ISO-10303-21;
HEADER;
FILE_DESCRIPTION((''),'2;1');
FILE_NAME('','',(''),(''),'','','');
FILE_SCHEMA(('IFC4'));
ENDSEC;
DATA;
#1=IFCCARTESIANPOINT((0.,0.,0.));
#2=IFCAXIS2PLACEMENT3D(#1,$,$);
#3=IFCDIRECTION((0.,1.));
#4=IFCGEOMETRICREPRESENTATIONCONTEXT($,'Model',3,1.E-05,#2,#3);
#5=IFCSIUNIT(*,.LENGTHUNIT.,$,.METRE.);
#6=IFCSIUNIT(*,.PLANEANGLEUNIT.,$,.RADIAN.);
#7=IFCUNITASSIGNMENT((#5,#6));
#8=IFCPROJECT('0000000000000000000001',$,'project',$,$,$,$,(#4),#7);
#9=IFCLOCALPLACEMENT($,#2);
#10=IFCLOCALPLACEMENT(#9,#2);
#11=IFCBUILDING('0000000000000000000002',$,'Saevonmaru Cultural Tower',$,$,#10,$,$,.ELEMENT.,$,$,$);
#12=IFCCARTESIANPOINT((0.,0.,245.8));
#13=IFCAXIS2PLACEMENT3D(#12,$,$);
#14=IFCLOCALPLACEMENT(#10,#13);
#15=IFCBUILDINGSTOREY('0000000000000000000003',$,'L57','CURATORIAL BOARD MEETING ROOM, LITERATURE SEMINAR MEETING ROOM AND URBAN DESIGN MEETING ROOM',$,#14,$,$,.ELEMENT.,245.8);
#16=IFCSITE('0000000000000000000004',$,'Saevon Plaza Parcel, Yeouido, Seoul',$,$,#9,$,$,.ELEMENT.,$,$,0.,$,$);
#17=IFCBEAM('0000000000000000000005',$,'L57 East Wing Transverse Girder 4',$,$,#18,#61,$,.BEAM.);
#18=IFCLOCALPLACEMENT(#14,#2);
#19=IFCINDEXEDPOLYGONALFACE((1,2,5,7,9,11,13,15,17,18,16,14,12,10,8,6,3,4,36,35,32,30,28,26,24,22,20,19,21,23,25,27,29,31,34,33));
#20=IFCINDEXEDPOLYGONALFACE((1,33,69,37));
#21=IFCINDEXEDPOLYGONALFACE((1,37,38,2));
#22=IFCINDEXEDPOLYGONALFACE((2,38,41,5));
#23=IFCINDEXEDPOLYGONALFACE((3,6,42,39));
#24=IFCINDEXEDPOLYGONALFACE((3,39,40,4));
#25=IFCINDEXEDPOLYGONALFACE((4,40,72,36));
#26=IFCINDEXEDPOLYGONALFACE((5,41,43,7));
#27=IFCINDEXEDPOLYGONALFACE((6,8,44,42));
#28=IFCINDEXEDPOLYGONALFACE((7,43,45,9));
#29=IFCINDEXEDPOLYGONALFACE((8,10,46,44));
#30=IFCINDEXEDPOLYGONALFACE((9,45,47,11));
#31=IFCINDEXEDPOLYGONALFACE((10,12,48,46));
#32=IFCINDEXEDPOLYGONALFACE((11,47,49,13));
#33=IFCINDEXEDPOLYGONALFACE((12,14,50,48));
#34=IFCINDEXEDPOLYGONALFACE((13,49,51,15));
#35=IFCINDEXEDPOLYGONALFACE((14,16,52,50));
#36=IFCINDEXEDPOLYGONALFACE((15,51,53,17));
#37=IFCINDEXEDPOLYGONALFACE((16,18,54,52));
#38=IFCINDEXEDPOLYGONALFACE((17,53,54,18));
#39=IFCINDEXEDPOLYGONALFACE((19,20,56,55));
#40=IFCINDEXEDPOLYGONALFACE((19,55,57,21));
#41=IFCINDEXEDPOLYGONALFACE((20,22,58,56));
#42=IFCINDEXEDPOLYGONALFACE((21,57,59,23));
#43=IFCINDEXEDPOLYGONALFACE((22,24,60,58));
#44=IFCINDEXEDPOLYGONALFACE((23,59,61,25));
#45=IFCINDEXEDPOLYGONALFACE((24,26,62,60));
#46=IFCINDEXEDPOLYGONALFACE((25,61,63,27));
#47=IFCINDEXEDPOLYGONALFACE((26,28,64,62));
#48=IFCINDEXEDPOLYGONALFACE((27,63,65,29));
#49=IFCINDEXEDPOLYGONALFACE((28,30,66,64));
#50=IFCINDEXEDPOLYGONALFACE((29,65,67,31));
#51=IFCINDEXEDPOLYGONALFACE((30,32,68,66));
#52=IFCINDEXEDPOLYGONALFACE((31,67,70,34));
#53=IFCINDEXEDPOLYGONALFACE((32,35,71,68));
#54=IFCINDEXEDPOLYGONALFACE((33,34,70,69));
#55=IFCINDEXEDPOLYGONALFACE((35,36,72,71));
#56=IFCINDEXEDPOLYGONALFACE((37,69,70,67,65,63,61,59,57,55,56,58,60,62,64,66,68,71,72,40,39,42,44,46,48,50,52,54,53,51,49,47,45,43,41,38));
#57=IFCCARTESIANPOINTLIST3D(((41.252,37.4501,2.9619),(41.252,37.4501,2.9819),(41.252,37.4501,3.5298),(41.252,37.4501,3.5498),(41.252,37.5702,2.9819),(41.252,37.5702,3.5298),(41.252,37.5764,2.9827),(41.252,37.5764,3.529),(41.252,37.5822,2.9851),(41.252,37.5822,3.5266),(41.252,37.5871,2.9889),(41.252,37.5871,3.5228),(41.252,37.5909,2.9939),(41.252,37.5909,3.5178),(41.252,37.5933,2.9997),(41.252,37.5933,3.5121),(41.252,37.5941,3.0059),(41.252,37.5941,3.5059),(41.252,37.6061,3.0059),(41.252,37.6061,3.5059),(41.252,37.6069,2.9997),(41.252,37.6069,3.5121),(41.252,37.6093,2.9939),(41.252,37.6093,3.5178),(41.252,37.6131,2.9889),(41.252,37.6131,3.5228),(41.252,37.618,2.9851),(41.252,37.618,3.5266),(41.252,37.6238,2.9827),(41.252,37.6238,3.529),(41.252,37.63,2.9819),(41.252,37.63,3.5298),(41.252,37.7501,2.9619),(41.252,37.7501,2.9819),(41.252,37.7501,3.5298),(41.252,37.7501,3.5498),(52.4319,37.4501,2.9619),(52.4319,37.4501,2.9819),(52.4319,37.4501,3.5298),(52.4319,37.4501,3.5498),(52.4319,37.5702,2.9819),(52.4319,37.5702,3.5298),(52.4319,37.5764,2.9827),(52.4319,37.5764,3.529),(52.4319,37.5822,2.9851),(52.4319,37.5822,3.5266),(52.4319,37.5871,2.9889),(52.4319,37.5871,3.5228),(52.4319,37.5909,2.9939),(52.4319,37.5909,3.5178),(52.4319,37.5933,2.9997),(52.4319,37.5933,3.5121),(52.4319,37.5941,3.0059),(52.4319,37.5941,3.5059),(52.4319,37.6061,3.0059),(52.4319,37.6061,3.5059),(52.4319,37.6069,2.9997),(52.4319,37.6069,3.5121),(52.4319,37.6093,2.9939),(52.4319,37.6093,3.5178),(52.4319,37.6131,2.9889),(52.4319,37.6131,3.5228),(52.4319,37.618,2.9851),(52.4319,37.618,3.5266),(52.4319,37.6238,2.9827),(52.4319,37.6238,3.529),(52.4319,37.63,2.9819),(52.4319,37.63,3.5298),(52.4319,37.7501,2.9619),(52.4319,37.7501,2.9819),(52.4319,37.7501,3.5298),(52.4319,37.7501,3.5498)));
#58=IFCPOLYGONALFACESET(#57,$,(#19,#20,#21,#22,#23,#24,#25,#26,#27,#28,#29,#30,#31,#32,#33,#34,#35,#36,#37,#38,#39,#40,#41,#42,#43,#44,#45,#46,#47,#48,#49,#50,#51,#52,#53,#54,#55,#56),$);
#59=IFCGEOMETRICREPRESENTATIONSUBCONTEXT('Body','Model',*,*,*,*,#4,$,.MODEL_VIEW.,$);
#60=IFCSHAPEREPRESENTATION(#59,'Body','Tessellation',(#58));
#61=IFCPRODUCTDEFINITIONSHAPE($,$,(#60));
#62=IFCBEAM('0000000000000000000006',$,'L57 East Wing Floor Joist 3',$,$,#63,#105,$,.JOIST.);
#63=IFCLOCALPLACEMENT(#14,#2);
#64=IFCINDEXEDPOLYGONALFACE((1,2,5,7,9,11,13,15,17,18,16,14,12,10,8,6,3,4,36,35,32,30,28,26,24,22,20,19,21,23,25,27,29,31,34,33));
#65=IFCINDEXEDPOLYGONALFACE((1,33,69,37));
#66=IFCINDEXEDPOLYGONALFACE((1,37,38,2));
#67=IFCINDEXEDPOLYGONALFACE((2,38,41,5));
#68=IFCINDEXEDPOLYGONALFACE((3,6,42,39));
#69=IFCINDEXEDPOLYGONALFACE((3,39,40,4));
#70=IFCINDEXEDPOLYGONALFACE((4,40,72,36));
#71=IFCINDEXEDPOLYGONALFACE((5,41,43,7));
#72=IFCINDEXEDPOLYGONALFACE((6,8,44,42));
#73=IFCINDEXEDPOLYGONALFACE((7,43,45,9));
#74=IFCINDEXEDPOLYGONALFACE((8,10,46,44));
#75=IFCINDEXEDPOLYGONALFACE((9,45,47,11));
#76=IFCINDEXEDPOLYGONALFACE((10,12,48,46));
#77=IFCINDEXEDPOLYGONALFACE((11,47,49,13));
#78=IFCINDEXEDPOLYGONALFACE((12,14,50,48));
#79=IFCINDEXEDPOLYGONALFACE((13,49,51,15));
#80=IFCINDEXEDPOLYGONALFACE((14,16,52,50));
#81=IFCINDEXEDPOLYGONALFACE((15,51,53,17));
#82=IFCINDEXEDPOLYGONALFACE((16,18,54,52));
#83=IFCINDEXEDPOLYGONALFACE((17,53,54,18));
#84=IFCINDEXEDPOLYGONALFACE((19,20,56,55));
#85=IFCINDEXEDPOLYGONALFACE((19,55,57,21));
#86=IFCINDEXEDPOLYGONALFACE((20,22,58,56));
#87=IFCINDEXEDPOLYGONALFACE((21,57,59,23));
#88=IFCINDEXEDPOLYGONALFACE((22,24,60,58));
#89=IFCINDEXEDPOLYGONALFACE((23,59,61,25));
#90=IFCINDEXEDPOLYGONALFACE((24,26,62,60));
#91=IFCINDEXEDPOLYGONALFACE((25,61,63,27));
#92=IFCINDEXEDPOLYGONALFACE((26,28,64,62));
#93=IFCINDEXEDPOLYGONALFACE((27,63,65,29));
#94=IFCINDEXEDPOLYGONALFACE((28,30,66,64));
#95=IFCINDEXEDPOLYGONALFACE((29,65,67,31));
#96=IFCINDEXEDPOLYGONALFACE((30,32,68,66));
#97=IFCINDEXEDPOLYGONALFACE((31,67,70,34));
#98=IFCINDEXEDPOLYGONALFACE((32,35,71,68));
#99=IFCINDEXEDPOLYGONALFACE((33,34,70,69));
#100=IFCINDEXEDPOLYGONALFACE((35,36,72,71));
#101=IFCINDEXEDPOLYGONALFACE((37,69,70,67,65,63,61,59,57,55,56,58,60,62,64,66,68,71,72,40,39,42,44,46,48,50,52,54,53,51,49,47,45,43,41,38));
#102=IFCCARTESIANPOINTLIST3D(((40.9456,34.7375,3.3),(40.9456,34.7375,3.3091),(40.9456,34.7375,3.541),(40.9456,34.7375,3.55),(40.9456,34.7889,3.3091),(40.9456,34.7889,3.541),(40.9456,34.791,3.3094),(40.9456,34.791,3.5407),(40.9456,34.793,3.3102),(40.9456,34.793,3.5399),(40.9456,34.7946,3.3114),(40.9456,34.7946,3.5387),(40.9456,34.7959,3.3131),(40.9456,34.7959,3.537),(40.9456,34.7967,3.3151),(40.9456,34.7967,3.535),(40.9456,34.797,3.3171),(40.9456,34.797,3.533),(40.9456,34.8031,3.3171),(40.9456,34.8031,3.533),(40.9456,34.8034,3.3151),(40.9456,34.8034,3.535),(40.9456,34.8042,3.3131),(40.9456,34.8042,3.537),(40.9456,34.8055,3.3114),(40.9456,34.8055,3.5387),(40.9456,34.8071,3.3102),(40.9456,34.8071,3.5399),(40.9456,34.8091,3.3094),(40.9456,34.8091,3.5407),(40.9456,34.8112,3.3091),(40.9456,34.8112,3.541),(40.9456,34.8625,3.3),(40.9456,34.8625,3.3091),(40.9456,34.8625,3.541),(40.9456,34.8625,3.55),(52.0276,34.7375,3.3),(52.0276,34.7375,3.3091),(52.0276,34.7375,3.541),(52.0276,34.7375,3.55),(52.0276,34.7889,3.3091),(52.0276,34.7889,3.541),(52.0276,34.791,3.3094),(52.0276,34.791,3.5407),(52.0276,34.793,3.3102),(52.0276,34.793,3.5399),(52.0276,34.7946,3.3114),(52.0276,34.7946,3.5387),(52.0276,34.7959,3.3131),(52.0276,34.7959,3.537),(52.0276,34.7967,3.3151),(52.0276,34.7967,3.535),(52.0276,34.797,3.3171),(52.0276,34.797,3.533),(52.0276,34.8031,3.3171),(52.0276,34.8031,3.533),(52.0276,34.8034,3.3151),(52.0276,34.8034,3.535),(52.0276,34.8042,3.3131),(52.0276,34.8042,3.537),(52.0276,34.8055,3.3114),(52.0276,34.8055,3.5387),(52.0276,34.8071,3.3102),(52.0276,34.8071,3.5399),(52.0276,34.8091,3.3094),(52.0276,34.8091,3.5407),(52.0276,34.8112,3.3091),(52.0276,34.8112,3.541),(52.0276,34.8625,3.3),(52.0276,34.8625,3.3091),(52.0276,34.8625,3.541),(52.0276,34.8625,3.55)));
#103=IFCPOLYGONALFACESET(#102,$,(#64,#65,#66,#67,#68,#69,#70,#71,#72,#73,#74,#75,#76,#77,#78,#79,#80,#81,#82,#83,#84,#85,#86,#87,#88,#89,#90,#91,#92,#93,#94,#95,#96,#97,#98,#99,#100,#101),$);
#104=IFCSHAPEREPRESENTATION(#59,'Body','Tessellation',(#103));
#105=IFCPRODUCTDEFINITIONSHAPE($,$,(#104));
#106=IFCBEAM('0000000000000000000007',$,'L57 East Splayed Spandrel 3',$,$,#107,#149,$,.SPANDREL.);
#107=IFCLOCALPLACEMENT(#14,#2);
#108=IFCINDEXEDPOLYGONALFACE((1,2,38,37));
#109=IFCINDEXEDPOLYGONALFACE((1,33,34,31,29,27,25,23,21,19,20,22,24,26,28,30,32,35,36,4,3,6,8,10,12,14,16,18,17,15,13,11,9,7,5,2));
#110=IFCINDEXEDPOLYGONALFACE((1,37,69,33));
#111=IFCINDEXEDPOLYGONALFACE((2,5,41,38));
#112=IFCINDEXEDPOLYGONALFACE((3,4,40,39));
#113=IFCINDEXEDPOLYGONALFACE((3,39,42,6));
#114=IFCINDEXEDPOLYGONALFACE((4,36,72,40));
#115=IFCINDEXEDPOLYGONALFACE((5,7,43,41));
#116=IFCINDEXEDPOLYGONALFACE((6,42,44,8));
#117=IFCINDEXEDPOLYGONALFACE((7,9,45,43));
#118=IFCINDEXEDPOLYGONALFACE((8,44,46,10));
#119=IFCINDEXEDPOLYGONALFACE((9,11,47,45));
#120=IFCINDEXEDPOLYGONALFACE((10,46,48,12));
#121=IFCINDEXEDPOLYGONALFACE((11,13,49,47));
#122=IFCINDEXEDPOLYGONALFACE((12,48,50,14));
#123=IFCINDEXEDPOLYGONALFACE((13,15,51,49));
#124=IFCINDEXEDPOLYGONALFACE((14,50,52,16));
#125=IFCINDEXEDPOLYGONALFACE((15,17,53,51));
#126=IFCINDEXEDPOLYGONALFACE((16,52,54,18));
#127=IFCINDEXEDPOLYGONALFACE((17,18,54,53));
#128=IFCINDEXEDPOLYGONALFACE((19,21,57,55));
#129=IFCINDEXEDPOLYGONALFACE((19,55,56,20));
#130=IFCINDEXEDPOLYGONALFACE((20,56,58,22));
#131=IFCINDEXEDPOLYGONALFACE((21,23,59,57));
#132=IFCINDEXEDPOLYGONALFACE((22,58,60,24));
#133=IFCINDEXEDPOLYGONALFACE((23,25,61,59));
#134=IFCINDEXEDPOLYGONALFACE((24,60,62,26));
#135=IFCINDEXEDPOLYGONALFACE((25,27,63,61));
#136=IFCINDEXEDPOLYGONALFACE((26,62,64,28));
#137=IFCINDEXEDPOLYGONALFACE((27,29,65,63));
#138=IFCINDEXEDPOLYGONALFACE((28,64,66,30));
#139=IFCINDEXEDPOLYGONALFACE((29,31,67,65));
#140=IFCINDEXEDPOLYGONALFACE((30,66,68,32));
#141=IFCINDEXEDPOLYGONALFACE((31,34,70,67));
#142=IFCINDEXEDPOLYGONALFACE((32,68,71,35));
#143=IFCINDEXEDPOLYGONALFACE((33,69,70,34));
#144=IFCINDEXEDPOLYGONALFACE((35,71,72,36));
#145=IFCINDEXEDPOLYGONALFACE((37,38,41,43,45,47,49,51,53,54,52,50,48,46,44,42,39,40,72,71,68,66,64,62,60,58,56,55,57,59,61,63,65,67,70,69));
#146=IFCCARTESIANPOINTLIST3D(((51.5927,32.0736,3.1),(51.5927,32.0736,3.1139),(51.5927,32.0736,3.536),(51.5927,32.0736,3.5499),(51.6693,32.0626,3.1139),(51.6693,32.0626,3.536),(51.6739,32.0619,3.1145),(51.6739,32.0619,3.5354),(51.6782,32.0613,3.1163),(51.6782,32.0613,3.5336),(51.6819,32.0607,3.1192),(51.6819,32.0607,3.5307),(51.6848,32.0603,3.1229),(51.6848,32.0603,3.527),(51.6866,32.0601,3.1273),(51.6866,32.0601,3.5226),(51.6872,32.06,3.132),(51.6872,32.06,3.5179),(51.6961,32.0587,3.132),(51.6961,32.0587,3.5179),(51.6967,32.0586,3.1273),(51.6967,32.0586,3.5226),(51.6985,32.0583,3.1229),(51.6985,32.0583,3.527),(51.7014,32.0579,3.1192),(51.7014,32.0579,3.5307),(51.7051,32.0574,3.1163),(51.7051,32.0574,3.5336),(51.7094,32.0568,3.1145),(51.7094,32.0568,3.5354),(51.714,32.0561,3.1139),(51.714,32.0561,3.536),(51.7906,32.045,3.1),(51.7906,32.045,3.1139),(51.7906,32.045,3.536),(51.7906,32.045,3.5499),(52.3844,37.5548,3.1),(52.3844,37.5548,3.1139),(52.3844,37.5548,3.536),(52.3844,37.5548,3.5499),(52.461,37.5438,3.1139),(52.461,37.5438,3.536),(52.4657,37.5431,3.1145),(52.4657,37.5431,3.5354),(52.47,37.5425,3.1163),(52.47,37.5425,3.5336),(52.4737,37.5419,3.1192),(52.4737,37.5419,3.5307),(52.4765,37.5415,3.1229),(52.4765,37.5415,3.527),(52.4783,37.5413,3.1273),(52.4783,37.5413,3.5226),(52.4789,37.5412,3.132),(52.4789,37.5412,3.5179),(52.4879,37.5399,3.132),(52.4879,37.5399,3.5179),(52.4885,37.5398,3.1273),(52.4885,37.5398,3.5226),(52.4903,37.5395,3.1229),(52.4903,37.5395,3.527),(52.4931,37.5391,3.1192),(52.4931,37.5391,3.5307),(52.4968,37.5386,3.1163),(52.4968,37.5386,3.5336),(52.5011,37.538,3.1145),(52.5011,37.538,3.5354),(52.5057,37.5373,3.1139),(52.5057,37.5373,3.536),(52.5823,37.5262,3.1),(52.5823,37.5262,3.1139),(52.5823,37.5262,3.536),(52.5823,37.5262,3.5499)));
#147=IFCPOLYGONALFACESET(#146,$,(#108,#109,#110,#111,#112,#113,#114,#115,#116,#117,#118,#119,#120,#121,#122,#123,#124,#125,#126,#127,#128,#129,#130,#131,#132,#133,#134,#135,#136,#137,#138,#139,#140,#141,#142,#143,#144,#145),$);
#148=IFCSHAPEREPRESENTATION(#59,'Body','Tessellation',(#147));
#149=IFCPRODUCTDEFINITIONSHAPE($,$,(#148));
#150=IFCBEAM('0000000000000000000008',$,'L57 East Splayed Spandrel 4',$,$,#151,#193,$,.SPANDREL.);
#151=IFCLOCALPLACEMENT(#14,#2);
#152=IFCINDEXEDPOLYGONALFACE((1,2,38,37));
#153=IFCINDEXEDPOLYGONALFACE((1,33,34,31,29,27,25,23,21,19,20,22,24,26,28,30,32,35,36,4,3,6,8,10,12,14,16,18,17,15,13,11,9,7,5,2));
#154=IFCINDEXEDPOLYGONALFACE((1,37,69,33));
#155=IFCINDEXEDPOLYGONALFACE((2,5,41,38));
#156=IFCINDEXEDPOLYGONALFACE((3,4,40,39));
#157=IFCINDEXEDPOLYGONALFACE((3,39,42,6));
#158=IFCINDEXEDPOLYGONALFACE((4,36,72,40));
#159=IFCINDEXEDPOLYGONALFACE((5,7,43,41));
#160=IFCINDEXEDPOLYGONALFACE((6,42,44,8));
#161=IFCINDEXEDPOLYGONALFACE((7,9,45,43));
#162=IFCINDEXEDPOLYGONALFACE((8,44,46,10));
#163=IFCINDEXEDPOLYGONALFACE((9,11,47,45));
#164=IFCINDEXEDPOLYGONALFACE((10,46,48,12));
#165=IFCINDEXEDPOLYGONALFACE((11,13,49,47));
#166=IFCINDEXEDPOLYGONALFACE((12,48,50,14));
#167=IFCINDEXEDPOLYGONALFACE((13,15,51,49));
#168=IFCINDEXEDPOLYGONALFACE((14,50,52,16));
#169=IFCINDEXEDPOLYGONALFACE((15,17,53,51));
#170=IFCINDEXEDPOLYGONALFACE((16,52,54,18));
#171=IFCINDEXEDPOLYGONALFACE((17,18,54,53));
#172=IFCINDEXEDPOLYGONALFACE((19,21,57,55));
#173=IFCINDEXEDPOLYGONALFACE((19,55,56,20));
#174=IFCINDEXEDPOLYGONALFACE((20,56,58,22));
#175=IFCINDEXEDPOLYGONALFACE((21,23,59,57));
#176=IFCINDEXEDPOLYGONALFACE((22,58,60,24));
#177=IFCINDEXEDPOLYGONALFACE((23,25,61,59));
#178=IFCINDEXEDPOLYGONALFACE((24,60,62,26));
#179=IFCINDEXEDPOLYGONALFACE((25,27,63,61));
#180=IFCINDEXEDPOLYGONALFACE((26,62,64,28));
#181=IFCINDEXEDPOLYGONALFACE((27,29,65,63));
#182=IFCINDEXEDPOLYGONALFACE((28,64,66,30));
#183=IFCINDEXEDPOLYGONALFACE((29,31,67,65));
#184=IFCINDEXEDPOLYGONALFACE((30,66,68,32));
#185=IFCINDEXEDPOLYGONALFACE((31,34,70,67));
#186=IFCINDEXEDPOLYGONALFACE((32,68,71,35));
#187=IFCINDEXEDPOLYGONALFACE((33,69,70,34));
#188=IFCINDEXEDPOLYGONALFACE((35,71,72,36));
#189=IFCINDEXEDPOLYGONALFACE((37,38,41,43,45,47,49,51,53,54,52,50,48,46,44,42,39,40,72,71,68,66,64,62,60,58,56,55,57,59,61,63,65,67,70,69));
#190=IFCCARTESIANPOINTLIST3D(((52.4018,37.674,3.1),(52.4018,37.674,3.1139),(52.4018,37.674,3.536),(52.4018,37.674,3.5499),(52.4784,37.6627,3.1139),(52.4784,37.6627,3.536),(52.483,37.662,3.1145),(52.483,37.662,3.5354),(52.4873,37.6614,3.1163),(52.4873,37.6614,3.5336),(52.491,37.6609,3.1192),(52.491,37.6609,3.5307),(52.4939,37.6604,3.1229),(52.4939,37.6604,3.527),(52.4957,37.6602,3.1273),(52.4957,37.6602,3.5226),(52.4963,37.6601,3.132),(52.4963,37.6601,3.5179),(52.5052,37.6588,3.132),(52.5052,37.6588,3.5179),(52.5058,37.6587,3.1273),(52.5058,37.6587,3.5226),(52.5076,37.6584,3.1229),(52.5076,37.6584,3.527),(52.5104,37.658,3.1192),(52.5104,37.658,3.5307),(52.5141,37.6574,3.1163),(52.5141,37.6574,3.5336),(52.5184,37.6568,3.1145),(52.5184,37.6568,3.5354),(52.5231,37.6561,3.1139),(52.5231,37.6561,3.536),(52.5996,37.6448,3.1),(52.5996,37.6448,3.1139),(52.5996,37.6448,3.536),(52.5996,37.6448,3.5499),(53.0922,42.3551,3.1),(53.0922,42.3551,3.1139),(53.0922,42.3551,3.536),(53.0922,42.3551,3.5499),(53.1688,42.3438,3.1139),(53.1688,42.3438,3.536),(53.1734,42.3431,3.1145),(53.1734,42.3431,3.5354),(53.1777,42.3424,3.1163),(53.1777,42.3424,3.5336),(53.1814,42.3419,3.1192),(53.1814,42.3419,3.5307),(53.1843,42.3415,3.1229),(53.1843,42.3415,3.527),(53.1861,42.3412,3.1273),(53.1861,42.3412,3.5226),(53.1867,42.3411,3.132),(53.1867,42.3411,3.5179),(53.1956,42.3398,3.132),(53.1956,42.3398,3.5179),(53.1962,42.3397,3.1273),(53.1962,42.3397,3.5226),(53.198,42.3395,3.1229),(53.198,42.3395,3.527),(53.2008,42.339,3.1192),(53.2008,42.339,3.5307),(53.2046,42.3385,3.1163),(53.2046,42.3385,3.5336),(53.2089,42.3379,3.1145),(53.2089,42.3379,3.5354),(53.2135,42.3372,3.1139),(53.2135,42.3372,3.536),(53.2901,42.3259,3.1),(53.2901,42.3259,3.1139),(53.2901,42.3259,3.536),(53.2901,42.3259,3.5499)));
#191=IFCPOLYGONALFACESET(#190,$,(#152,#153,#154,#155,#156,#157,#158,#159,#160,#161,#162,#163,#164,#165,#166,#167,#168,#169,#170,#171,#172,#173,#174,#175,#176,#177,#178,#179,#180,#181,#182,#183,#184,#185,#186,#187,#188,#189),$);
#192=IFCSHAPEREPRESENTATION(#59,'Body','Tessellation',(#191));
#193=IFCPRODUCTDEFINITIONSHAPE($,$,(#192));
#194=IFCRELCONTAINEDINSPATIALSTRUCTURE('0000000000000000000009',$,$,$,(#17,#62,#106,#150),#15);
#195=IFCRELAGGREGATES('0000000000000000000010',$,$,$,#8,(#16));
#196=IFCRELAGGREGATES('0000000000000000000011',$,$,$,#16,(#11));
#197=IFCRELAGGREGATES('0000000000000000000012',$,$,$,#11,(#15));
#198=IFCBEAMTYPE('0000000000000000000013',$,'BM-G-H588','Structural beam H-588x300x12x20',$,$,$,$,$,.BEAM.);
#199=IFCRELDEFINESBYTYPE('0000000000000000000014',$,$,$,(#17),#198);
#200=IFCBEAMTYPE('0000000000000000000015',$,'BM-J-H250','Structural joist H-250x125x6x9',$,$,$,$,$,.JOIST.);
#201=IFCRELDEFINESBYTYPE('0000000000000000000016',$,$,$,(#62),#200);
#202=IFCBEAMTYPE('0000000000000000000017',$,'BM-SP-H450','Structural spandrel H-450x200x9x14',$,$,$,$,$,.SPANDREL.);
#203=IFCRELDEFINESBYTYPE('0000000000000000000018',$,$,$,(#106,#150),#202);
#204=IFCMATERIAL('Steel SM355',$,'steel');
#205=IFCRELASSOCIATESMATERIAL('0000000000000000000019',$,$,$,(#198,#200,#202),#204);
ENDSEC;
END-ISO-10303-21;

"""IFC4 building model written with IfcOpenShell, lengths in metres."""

from ifc_helpers import new_model, si_unit, direction, frame, origin, origin_2d, place, context, subcontext, project, spatial, i_section, extrude, material, material_profile, profile_set, type_object, element, save


model = new_model("IFC4")

# Units and contexts
model_context = context("Model", 3, precision=1e-05, world=origin(), true_north=direction((0.0, 1.0)))
body_context = subcontext(model_context, "Body", "Model", "MODEL_VIEW")
ifc_project = project(units=[si_unit("LENGTHUNIT", "METRE"), si_unit("PLANEANGLEUNIT", "RADIAN")], contexts=[model_context])

# Site, building, storey
site_placement = place(None, origin())
site = spatial("IfcSite", under=ifc_project, at=site_placement, Name="Saevon Plaza Parcel, Yeouido, Seoul", CompositionType="ELEMENT", RefElevation=0.0)
building_placement = place(site_placement, origin())
building = spatial("IfcBuilding", under=site, at=building_placement, Name="Saevonmaru Cultural Tower", CompositionType="ELEMENT")
storey_placement = place(building_placement, frame((0.0, 0.0, 245.8)))
storey = spatial("IfcBuildingStorey", under=building, at=storey_placement, Name="L57", Description="CURATORIAL BOARD MEETING ROOM, LITERATURE SEMINAR MEETING ROOM AND URBAN DESIGN MEETING ROOM", CompositionType="ELEMENT", Elevation=245.8)

# Shared definitions
ifc_material_1 = material(Name="Steel SM355", Category="steel")

# Beams
ifc_material_profile_1 = material_profile(ifc_material_1, i_section(OverallWidth=0.3, OverallDepth=0.5879, WebThickness=0.012, FlangeThickness=0.02, FilletRadius=0.0239, at=origin_2d()), Name="H-588x300x12x20")
ifc_profile_set_1 = profile_set([ifc_material_profile_1], Name="Steel SM355")
beam_type_1 = type_object("IfcBeamType", Name="BM-G-H588", Description="Structural beam H-588x300x12x20", PredefinedType="BEAM", material=ifc_profile_set_1)
for number, where, z_axis, x_axis, name in (
    (1, (41.252, 37.6001, 3.2559), (1.0, 0.0, 0.0), (0.0, 1.0, 0.0), "L57 East Wing Transverse Girder 4"),
):
    element("IfcBeam", number, at=place(storey_placement, frame(where, z_axis=z_axis, x_axis=x_axis)), inside=storey, type_object=beam_type_1, Name=name, PredefinedType="BEAM", context=body_context, shape_type="SweptSolid", body=[
        extrude(i_section(OverallWidth=0.3, OverallDepth=0.5879, WebThickness=0.012, FlangeThickness=0.02, FilletRadius=0.0239, at=origin_2d()), origin(), (0.0, 0.0, 1.0), 11.1799),
    ])
ifc_material_profile_2 = material_profile(ifc_material_1, i_section(OverallWidth=0.125, OverallDepth=0.25, WebThickness=0.0061, FlangeThickness=0.009, FilletRadius=0.0081, at=origin_2d()), Name="H-250x125x6x9")
ifc_profile_set_2 = profile_set([ifc_material_profile_2], Name="Steel SM355")
beam_type_2 = type_object("IfcBeamType", Name="BM-J-H250", Description="Structural joist H-250x125x6x9", PredefinedType="JOIST", material=ifc_profile_set_2)
beam_1_placement = place(storey_placement, frame((40.9456, 34.8, 3.425), z_axis=(1.0, 0.0, 0.0), x_axis=(0.0, 1.0, 0.0)))
element("IfcBeam", 2, at=beam_1_placement, inside=storey, type_object=beam_type_2, Name="L57 East Wing Floor Joist 3", PredefinedType="JOIST", context=body_context, shape_type="SweptSolid", body=[
    extrude(i_section(OverallWidth=0.125, OverallDepth=0.25, WebThickness=0.0061, FlangeThickness=0.009, FilletRadius=0.0081, at=origin_2d()), origin(), (0.0, 0.0, 1.0), 11.082),
])
ifc_material_profile_3 = material_profile(ifc_material_1, i_section(OverallWidth=0.2, OverallDepth=0.45, WebThickness=0.009, FlangeThickness=0.0139, FilletRadius=0.0181, at=origin_2d()), Name="H-450x200x9x14")
ifc_profile_set_3 = profile_set([ifc_material_profile_3], Name="Steel SM355")
beam_type_3 = type_object("IfcBeamType", Name="BM-SP-H450", Description="Structural spandrel H-450x200x9x14", PredefinedType="SPANDREL", material=ifc_profile_set_3)
beam_2_placement = place(storey_placement, frame((51.6917, 32.0593, 3.325), z_axis=(0.142964, 0.989728, 0.0), x_axis=(-0.989728, 0.142964, 0.0)))
element("IfcBeam", 3, at=beam_2_placement, inside=storey, type_object=beam_type_3, Name="L57 East Splayed Spandrel 3", PredefinedType="SPANDREL", context=body_context, shape_type="SweptSolid", body=[
    extrude(i_section(OverallWidth=0.2, OverallDepth=0.45, WebThickness=0.009, FlangeThickness=0.0139, FilletRadius=0.0181, at=origin_2d()), origin(), (0.0, 0.0, 1.0), 5.5381),
])
beam_3_placement = place(storey_placement, frame((52.5007, 37.6594, 3.325), z_axis=(0.145913, 0.989297, 0.0), x_axis=(-0.989297, 0.145913, 0.0)))
element("IfcBeam", 4, at=beam_3_placement, inside=storey, type_object=beam_type_3, Name="L57 East Splayed Spandrel 4", PredefinedType="SPANDREL", context=body_context, shape_type="SweptSolid", body=[
    extrude(i_section(OverallWidth=0.2, OverallDepth=0.45, WebThickness=0.009, FlangeThickness=0.0139, FilletRadius=0.0181, at=origin_2d()), origin(), (0.0, 0.0, 1.0), 4.7317),
])

save(model, "model.ifc")
